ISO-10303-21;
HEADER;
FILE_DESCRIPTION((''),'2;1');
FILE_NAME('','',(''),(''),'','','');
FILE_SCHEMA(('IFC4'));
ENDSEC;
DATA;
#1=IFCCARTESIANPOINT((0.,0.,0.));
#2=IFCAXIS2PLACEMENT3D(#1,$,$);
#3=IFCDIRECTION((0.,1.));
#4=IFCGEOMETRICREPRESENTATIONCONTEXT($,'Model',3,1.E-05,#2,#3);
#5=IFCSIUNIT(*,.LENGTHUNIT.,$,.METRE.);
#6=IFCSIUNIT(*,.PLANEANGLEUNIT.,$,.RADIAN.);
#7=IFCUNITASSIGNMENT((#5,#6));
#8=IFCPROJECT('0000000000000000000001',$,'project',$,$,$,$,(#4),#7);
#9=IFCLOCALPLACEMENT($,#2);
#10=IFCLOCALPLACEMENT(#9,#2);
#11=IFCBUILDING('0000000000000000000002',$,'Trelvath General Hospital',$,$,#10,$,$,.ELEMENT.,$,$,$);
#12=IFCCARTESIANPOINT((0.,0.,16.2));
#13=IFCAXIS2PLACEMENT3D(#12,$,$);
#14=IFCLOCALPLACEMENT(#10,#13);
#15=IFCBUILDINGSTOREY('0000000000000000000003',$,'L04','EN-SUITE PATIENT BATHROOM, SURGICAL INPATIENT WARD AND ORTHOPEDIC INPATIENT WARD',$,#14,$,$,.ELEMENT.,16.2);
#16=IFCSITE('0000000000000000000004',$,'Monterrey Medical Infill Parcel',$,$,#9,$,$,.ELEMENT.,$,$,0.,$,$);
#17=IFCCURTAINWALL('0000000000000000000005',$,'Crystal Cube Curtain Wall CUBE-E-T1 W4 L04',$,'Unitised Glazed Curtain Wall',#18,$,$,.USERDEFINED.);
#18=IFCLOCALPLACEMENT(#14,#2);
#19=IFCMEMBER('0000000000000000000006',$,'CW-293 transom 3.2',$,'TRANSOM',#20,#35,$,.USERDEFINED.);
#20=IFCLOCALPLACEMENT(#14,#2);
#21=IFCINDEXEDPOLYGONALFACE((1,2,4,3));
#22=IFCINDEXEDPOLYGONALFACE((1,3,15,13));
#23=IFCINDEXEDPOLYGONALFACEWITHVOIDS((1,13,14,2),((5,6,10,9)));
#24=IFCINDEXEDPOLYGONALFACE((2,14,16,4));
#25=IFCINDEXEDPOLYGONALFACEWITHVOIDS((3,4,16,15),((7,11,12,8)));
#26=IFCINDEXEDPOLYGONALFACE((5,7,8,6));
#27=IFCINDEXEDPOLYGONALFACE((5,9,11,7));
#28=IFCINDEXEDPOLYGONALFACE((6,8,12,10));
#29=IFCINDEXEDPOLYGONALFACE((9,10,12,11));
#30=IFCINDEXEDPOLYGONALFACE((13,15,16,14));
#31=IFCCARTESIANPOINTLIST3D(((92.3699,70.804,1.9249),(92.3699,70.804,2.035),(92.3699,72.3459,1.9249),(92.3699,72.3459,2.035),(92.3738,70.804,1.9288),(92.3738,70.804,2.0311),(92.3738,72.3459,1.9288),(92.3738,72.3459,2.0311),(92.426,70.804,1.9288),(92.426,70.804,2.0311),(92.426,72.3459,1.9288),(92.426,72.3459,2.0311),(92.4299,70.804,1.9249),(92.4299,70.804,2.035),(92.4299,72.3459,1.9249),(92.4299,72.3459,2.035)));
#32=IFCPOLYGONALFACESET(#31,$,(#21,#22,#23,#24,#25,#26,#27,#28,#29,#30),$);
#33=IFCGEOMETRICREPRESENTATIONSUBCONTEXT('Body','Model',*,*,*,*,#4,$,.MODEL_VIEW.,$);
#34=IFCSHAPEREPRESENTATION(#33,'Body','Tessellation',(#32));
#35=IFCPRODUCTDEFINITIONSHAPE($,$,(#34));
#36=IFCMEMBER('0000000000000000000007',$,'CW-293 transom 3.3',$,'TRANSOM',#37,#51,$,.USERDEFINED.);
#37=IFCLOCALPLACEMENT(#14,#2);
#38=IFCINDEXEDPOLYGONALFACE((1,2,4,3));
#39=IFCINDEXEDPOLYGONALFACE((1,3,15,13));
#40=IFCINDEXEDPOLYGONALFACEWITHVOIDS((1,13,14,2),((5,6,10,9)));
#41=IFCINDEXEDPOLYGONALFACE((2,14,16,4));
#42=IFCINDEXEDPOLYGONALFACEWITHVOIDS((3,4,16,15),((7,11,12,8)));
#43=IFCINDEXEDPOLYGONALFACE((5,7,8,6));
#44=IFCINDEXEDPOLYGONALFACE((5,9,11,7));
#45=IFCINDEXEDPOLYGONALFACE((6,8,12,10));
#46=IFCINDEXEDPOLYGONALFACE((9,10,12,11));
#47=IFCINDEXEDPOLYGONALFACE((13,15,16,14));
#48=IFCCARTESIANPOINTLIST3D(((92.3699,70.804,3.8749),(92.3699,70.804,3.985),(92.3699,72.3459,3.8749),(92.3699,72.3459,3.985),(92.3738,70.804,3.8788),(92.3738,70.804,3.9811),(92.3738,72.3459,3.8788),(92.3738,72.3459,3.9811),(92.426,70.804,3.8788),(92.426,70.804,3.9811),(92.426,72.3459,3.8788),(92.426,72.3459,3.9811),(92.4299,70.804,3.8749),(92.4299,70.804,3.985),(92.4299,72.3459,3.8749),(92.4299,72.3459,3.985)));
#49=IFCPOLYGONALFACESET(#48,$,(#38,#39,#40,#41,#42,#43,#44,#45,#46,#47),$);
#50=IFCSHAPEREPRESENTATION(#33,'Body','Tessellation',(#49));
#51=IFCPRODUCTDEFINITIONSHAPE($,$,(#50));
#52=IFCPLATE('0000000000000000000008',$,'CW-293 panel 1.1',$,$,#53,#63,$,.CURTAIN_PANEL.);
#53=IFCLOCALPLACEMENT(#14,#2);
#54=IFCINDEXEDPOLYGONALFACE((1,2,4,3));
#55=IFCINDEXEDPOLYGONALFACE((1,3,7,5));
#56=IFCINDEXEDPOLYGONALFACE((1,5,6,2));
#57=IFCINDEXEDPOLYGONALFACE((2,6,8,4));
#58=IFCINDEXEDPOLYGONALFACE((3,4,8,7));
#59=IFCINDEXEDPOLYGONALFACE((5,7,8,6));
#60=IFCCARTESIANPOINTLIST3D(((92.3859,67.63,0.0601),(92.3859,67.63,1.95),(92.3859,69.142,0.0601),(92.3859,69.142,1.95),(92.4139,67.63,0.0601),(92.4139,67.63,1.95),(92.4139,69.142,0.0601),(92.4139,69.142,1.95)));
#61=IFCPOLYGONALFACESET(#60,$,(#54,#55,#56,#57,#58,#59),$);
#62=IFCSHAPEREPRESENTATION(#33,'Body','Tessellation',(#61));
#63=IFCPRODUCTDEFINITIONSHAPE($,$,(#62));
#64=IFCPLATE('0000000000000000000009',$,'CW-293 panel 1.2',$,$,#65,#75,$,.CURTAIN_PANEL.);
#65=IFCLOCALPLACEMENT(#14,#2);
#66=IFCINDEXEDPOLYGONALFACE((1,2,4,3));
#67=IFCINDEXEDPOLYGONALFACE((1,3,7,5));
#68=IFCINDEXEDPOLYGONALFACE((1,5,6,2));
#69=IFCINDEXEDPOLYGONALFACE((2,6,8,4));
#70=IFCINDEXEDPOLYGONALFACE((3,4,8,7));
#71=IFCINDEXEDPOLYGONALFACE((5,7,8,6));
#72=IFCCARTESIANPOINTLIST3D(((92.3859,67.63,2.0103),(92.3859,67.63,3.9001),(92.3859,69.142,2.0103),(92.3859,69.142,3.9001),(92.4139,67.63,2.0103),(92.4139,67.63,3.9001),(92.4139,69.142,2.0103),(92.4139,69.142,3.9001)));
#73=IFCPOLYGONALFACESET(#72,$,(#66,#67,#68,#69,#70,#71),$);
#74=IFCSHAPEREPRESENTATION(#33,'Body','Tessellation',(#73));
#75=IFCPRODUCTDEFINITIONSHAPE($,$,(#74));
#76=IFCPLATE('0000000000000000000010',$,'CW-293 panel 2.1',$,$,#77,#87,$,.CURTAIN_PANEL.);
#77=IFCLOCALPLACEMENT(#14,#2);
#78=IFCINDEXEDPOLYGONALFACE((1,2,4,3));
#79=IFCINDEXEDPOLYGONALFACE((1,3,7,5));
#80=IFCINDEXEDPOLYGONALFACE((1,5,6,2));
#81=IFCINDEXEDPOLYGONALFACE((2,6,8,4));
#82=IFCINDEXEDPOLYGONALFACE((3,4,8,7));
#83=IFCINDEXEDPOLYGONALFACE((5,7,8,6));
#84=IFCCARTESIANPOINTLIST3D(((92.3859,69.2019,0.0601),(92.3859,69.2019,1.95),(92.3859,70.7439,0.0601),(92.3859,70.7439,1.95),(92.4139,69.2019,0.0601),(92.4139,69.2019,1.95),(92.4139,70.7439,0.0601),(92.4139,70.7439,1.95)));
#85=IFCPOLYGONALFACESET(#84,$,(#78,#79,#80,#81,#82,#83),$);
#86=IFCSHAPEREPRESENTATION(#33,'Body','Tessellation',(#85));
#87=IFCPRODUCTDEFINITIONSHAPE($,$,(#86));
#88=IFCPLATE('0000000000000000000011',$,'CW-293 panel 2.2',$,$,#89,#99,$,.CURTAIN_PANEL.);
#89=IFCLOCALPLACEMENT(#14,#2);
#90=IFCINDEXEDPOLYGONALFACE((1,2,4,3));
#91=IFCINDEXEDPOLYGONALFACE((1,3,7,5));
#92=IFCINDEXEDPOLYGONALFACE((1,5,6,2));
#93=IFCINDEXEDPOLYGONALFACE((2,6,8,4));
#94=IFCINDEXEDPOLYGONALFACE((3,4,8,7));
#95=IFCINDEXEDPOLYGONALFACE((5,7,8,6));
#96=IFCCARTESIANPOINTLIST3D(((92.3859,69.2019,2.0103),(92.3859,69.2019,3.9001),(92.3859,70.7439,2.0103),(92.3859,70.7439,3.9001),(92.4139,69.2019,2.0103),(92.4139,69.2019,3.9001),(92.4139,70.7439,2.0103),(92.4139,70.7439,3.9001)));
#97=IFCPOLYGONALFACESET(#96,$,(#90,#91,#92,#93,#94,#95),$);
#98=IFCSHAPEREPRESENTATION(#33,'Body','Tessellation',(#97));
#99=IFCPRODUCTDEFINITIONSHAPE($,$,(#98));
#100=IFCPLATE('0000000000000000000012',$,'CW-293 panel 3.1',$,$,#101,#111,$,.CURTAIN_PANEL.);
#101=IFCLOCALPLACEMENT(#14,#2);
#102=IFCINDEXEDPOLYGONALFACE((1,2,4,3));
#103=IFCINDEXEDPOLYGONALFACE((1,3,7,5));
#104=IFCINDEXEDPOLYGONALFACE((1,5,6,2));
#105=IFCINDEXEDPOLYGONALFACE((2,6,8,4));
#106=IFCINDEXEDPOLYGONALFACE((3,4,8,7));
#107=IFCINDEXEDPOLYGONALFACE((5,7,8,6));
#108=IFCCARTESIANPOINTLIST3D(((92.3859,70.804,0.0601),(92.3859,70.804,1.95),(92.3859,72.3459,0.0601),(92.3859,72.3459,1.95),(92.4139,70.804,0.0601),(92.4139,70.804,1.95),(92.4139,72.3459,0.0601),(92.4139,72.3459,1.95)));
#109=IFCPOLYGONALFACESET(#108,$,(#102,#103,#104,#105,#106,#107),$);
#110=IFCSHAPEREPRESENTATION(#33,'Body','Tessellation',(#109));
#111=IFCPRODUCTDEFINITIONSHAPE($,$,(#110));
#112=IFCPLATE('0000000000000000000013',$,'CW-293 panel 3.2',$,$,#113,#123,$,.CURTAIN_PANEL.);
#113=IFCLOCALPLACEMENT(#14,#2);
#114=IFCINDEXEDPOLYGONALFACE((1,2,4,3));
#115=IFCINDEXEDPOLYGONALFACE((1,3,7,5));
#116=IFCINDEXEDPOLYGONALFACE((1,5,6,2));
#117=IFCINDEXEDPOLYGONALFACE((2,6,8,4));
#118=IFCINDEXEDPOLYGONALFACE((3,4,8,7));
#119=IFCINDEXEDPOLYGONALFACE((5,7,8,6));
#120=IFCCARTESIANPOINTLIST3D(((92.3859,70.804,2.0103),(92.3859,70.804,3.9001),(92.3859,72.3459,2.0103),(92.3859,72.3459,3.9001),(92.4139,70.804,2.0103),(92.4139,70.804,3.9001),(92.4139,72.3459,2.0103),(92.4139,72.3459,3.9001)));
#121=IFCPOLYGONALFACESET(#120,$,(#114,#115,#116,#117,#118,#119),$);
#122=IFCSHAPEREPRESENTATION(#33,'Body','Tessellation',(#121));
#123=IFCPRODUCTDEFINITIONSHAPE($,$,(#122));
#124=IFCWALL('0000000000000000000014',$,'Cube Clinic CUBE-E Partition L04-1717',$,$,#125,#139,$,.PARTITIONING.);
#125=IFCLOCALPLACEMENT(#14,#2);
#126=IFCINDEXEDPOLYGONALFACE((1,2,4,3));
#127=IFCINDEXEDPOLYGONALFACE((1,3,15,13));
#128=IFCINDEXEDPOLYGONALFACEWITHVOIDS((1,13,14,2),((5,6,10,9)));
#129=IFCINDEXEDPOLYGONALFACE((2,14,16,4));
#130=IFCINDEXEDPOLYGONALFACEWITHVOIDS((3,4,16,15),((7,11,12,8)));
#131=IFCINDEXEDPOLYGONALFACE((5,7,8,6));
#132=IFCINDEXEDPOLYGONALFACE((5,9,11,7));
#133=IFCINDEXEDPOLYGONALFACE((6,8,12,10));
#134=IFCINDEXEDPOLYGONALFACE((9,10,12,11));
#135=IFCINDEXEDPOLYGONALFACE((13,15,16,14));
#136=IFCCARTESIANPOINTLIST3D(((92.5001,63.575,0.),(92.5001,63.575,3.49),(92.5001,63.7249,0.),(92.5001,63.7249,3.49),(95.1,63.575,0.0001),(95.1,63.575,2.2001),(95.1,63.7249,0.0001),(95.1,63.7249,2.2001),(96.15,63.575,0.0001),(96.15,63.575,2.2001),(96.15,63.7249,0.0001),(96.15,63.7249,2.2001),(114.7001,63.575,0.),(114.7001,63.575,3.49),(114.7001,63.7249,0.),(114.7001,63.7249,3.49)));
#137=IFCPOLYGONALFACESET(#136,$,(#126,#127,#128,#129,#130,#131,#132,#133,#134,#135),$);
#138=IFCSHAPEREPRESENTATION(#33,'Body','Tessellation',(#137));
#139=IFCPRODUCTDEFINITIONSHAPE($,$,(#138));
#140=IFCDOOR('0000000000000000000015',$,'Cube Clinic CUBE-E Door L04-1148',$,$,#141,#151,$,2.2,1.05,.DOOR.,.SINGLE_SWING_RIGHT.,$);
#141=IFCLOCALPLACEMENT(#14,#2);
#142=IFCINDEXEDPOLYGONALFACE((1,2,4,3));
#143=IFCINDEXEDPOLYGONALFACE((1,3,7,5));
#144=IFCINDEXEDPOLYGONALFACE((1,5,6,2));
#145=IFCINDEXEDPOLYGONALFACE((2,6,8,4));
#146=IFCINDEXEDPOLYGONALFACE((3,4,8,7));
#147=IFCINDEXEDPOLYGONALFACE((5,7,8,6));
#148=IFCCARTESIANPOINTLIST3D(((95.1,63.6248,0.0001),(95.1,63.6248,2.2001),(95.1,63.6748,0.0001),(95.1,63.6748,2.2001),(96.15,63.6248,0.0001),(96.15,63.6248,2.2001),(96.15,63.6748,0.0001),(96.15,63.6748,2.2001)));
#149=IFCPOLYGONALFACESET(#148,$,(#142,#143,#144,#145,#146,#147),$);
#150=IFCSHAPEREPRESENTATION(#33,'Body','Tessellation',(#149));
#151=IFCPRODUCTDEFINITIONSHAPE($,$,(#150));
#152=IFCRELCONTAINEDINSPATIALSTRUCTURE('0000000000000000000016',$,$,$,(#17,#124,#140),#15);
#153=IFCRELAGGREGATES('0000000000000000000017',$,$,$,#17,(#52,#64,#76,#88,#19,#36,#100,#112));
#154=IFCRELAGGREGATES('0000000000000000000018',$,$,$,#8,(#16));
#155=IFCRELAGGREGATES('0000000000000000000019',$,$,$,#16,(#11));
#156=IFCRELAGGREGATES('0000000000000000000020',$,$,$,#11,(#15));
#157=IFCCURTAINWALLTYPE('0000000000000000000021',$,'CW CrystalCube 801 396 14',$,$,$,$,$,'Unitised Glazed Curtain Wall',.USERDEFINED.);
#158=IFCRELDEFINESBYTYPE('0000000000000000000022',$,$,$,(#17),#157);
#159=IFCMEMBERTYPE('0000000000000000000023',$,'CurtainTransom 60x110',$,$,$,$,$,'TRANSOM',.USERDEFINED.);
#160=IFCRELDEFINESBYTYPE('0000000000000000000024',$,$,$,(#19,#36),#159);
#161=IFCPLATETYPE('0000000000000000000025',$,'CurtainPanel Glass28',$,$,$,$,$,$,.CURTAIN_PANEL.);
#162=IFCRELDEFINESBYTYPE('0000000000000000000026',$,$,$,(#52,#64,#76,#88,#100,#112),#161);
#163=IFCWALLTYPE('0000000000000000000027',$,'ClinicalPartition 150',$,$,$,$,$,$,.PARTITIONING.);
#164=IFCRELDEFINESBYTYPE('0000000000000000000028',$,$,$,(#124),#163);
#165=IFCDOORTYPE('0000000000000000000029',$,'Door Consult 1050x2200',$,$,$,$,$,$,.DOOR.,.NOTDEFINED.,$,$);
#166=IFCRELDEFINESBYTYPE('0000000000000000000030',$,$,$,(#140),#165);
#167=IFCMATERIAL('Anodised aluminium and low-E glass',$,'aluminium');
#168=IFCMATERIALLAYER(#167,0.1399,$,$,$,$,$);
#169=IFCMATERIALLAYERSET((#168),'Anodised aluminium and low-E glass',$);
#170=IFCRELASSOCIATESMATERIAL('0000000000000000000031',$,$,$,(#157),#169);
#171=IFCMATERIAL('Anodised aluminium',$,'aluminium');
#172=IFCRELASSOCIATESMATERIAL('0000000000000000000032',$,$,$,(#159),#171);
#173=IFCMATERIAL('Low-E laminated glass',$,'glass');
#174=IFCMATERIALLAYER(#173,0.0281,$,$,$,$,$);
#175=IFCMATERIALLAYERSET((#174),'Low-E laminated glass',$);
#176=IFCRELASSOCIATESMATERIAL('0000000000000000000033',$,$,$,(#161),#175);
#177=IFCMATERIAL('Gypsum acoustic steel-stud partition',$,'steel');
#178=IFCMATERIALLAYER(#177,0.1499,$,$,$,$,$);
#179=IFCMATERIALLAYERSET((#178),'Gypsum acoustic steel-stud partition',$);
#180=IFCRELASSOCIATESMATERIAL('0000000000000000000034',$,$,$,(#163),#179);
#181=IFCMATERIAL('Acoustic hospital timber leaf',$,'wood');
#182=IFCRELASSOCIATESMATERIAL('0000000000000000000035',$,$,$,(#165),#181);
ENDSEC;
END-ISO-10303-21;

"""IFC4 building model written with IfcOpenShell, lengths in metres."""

from ifc_helpers import new_model, si_unit, direction, frame, frame_2d, origin, origin_2d, place, context, subcontext, project, spatial, rectangle, hollow_rectangle, extrude, material, layer, layer_set, material_profile, profile_set, type_object, element, fill, aggregate, save


model = new_model("IFC4")

# Units and contexts
model_context = context("Model", 3, precision=1e-05, world=origin(), true_north=direction((0.0, 1.0)))
body_context = subcontext(model_context, "Body", "Model", "MODEL_VIEW")
ifc_project = project(units=[si_unit("LENGTHUNIT", "METRE"), si_unit("PLANEANGLEUNIT", "RADIAN")], contexts=[model_context])

# Site, building, storey
site_placement = place(None, origin())
site = spatial("IfcSite", under=ifc_project, at=site_placement, Name="Monterrey Medical Infill Parcel", CompositionType="ELEMENT", RefElevation=0.0)
building_placement = place(site_placement, origin())
building = spatial("IfcBuilding", under=site, at=building_placement, Name="Trelvath General Hospital", CompositionType="ELEMENT")
storey_placement = place(building_placement, frame((0.0, 0.0, 16.2)))
storey = spatial("IfcBuildingStorey", under=building, at=storey_placement, Name="L04", Description="EN-SUITE PATIENT BATHROOM, SURGICAL INPATIENT WARD AND ORTHOPEDIC INPATIENT WARD", CompositionType="ELEMENT", Elevation=16.2)

# Curtain wall, members, plates
ifc_material_1 = material(Name="Anodised aluminium and low-E glass", Category="aluminium")
ifc_layer_1 = layer(ifc_material_1, 0.1399)
ifc_layer_set_1 = layer_set([ifc_layer_1], Name="Anodised aluminium and low-E glass")
curtain_wall_type = type_object("IfcCurtainWallType", Name="CW CrystalCube 801 396 14", ElementType="Unitised Glazed Curtain Wall", PredefinedType="USERDEFINED", material=ifc_layer_set_1)
curtain_wall_placement = place(storey_placement, origin())
curtain_wall = element("IfcCurtainWall", 1, at=curtain_wall_placement, inside=storey, type_object=curtain_wall_type, Name="Crystal Cube Curtain Wall CUBE-E-T1 W4 L04", ObjectType="Unitised Glazed Curtain Wall", PredefinedType="USERDEFINED")
ifc_material_2 = material(Name="Anodised aluminium", Category="aluminium")
ifc_material_profile_1 = material_profile(ifc_material_2, hollow_rectangle(XDim=0.0601, YDim=0.1101, WallThickness=0.0039, at=origin_2d()), Name="RHS60x110x4")
ifc_profile_set_1 = profile_set([ifc_material_profile_1], Name="Anodised aluminium")
member_type_1 = type_object("IfcMemberType", Name="CurtainTransom 60x110", ElementType="TRANSOM", PredefinedType="USERDEFINED", material=ifc_profile_set_1)
member_1_placement = place(storey_placement, frame((92.3999, 70.804, 1.98), z_axis=(0.0, 1.0, 0.0), x_axis=(-1.0, 0.0, 0.0)))
member_1 = element("IfcMember", 2, at=member_1_placement, type_object=member_type_1, Name="CW-293 transom 3.2", ObjectType="TRANSOM", PredefinedType="USERDEFINED", context=body_context, shape_type="SweptSolid", body=[
    extrude(hollow_rectangle(XDim=0.0601, YDim=0.1101, WallThickness=0.0039, at=origin_2d()), origin(), (0.0, 0.0, 1.0), 1.542),
])
member_2_placement = place(storey_placement, frame((92.3999, 70.804, 3.9299), z_axis=(0.0, 1.0, 0.0), x_axis=(-1.0, 0.0, 0.0)))
member_2 = element("IfcMember", 3, at=member_2_placement, type_object=member_type_1, Name="CW-293 transom 3.3", ObjectType="TRANSOM", PredefinedType="USERDEFINED", context=body_context, shape_type="SweptSolid", body=[
    extrude(hollow_rectangle(XDim=0.0601, YDim=0.1101, WallThickness=0.0039, at=origin_2d()), origin(), (0.0, 0.0, 1.0), 1.542),
])
ifc_material_3 = material(Name="Low-E laminated glass", Category="glass")
ifc_layer_2 = layer(ifc_material_3, 0.0281)
ifc_layer_set_2 = layer_set([ifc_layer_2], Name="Low-E laminated glass")
plate_type = type_object("IfcPlateType", Name="CurtainPanel Glass28", PredefinedType="CURTAIN_PANEL", material=ifc_layer_set_2)
plate_1_placement = place(storey_placement, frame((92.3999, 68.386, 0.0601), z_axis=(0.0, 0.0, 1.0), x_axis=(0.0, 1.0, 0.0)))
plate_1 = element("IfcPlate", 4, at=plate_1_placement, type_object=plate_type, Name="CW-293 panel 1.1", PredefinedType="CURTAIN_PANEL", context=body_context, shape_type="SweptSolid", body=[
    extrude(rectangle(XDim=1.512, YDim=0.0281, at=origin_2d()), origin(), (0.0, 0.0, 1.0), 1.8899),
])
plate_2_placement = place(storey_placement, frame((92.3999, 68.386, 2.0103), z_axis=(0.0, 0.0, 1.0), x_axis=(0.0, 1.0, 0.0)))
plate_2 = element("IfcPlate", 5, at=plate_2_placement, type_object=plate_type, Name="CW-293 panel 1.2", PredefinedType="CURTAIN_PANEL", context=body_context, shape_type="SweptSolid", body=[
    extrude(rectangle(XDim=1.512, YDim=0.0281, at=origin_2d()), origin(), (0.0, 0.0, 1.0), 1.8899),
])
plate_3_placement = place(storey_placement, frame((92.3999, 69.9729, 0.0601), z_axis=(0.0, 0.0, 1.0), x_axis=(0.0, 1.0, 0.0)))
plate_3 = element("IfcPlate", 6, at=plate_3_placement, type_object=plate_type, Name="CW-293 panel 2.1", PredefinedType="CURTAIN_PANEL", context=body_context, shape_type="SweptSolid", body=[
    extrude(rectangle(XDim=1.542, YDim=0.0281, at=origin_2d()), origin(), (0.0, 0.0, 1.0), 1.8899),
])
plate_4_placement = place(storey_placement, frame((92.3999, 69.9729, 2.0103), z_axis=(0.0, 0.0, 1.0), x_axis=(0.0, 1.0, 0.0)))
plate_4 = element("IfcPlate", 7, at=plate_4_placement, type_object=plate_type, Name="CW-293 panel 2.2", PredefinedType="CURTAIN_PANEL", context=body_context, shape_type="SweptSolid", body=[
    extrude(rectangle(XDim=1.542, YDim=0.0281, at=origin_2d()), origin(), (0.0, 0.0, 1.0), 1.8899),
])
plate_5_placement = place(storey_placement, frame((92.3999, 71.575, 0.0601), z_axis=(0.0, 0.0, 1.0), x_axis=(0.0, 1.0, 0.0)))
plate_5 = element("IfcPlate", 8, at=plate_5_placement, type_object=plate_type, Name="CW-293 panel 3.1", PredefinedType="CURTAIN_PANEL", context=body_context, shape_type="SweptSolid", body=[
    extrude(rectangle(XDim=1.542, YDim=0.0281, at=origin_2d()), origin(), (0.0, 0.0, 1.0), 1.8899),
])
plate_6_placement = place(storey_placement, frame((92.3999, 71.575, 2.0103), z_axis=(0.0, 0.0, 1.0), x_axis=(0.0, 1.0, 0.0)))
plate_6 = element("IfcPlate", 9, at=plate_6_placement, type_object=plate_type, Name="CW-293 panel 3.2", PredefinedType="CURTAIN_PANEL", context=body_context, shape_type="SweptSolid", body=[
    extrude(rectangle(XDim=1.542, YDim=0.0281, at=origin_2d()), origin(), (0.0, 0.0, 1.0), 1.8899),
])
aggregate(curtain_wall, [plate_1, plate_2, plate_3, plate_4, member_1, member_2, plate_5, plate_6])

# Wall, opening, door
ifc_material_4 = material(Name="Gypsum acoustic steel-stud partition", Category="steel")
ifc_layer_3 = layer(ifc_material_4, 0.1499)
ifc_layer_set_3 = layer_set([ifc_layer_3], Name="Gypsum acoustic steel-stud partition")
wall_type_1 = type_object("IfcWallType", Name="ClinicalPartition 150", PredefinedType="PARTITIONING", material=ifc_layer_set_3)
wall_1_placement = place(storey_placement, frame((92.5, 63.6499, 0.0), z_axis=(0.0, 0.0, 1.0), x_axis=(1.0, 0.0, 0.0)))
wall_1 = element("IfcWall", 10, at=wall_1_placement, inside=storey, type_object=wall_type_1, Name="Cube Clinic CUBE-E Partition L04-1717", PredefinedType="PARTITIONING", context=body_context, shape_type="SweptSolid", body=[
    extrude(rectangle(XDim=22.2, YDim=0.1499, at=frame_2d((11.1001, 0.0))), origin(), (0.0, 0.0, 1.0), 3.49),
])
opening_1_placement = place(wall_1_placement, frame((2.6001, 0.0, 0.0)))
opening_1 = element("IfcOpeningElement", 11, at=opening_1_placement, cuts=wall_1, PredefinedType="OPENING", context=body_context, shape_type="SweptSolid", body=[
    extrude(rectangle(XDim=1.05, YDim=2.2, at=frame_2d((0.5249, 1.1001))), frame((0.0, 0.085, 0.0), z_axis=(0.0, -1.0, 0.0), x_axis=(1.0, 0.0, 0.0)), (0.0, 0.0, 1.0), 0.1699),
])
ifc_material_5 = material(Name="Acoustic hospital timber leaf", Category="wood")
door_type_1 = type_object("IfcDoorType", Name="Door Consult 1050x2200", OperationType="NOTDEFINED", PredefinedType="DOOR", material=ifc_material_5)
door_1_placement = place(opening_1_placement, origin())
door_1 = element("IfcDoor", 12, at=door_1_placement, inside=storey, type_object=door_type_1, Name="Cube Clinic CUBE-E Door L04-1148", OperationType="SINGLE_SWING_RIGHT", OverallHeight=2.2, OverallWidth=1.05, PredefinedType="DOOR", context=body_context, shape_type="SweptSolid", body=[
    extrude(rectangle(XDim=1.05, YDim=2.2, at=frame_2d((0.5249, 1.1001))), frame((0.0, 0.0249, 0.0), z_axis=(0.0, -1.0, 0.0), x_axis=(1.0, 0.0, 0.0)), (0.0, 0.0, 1.0), 0.05),
])
fill(opening_1, door_1)

save(model, "model.ifc")
